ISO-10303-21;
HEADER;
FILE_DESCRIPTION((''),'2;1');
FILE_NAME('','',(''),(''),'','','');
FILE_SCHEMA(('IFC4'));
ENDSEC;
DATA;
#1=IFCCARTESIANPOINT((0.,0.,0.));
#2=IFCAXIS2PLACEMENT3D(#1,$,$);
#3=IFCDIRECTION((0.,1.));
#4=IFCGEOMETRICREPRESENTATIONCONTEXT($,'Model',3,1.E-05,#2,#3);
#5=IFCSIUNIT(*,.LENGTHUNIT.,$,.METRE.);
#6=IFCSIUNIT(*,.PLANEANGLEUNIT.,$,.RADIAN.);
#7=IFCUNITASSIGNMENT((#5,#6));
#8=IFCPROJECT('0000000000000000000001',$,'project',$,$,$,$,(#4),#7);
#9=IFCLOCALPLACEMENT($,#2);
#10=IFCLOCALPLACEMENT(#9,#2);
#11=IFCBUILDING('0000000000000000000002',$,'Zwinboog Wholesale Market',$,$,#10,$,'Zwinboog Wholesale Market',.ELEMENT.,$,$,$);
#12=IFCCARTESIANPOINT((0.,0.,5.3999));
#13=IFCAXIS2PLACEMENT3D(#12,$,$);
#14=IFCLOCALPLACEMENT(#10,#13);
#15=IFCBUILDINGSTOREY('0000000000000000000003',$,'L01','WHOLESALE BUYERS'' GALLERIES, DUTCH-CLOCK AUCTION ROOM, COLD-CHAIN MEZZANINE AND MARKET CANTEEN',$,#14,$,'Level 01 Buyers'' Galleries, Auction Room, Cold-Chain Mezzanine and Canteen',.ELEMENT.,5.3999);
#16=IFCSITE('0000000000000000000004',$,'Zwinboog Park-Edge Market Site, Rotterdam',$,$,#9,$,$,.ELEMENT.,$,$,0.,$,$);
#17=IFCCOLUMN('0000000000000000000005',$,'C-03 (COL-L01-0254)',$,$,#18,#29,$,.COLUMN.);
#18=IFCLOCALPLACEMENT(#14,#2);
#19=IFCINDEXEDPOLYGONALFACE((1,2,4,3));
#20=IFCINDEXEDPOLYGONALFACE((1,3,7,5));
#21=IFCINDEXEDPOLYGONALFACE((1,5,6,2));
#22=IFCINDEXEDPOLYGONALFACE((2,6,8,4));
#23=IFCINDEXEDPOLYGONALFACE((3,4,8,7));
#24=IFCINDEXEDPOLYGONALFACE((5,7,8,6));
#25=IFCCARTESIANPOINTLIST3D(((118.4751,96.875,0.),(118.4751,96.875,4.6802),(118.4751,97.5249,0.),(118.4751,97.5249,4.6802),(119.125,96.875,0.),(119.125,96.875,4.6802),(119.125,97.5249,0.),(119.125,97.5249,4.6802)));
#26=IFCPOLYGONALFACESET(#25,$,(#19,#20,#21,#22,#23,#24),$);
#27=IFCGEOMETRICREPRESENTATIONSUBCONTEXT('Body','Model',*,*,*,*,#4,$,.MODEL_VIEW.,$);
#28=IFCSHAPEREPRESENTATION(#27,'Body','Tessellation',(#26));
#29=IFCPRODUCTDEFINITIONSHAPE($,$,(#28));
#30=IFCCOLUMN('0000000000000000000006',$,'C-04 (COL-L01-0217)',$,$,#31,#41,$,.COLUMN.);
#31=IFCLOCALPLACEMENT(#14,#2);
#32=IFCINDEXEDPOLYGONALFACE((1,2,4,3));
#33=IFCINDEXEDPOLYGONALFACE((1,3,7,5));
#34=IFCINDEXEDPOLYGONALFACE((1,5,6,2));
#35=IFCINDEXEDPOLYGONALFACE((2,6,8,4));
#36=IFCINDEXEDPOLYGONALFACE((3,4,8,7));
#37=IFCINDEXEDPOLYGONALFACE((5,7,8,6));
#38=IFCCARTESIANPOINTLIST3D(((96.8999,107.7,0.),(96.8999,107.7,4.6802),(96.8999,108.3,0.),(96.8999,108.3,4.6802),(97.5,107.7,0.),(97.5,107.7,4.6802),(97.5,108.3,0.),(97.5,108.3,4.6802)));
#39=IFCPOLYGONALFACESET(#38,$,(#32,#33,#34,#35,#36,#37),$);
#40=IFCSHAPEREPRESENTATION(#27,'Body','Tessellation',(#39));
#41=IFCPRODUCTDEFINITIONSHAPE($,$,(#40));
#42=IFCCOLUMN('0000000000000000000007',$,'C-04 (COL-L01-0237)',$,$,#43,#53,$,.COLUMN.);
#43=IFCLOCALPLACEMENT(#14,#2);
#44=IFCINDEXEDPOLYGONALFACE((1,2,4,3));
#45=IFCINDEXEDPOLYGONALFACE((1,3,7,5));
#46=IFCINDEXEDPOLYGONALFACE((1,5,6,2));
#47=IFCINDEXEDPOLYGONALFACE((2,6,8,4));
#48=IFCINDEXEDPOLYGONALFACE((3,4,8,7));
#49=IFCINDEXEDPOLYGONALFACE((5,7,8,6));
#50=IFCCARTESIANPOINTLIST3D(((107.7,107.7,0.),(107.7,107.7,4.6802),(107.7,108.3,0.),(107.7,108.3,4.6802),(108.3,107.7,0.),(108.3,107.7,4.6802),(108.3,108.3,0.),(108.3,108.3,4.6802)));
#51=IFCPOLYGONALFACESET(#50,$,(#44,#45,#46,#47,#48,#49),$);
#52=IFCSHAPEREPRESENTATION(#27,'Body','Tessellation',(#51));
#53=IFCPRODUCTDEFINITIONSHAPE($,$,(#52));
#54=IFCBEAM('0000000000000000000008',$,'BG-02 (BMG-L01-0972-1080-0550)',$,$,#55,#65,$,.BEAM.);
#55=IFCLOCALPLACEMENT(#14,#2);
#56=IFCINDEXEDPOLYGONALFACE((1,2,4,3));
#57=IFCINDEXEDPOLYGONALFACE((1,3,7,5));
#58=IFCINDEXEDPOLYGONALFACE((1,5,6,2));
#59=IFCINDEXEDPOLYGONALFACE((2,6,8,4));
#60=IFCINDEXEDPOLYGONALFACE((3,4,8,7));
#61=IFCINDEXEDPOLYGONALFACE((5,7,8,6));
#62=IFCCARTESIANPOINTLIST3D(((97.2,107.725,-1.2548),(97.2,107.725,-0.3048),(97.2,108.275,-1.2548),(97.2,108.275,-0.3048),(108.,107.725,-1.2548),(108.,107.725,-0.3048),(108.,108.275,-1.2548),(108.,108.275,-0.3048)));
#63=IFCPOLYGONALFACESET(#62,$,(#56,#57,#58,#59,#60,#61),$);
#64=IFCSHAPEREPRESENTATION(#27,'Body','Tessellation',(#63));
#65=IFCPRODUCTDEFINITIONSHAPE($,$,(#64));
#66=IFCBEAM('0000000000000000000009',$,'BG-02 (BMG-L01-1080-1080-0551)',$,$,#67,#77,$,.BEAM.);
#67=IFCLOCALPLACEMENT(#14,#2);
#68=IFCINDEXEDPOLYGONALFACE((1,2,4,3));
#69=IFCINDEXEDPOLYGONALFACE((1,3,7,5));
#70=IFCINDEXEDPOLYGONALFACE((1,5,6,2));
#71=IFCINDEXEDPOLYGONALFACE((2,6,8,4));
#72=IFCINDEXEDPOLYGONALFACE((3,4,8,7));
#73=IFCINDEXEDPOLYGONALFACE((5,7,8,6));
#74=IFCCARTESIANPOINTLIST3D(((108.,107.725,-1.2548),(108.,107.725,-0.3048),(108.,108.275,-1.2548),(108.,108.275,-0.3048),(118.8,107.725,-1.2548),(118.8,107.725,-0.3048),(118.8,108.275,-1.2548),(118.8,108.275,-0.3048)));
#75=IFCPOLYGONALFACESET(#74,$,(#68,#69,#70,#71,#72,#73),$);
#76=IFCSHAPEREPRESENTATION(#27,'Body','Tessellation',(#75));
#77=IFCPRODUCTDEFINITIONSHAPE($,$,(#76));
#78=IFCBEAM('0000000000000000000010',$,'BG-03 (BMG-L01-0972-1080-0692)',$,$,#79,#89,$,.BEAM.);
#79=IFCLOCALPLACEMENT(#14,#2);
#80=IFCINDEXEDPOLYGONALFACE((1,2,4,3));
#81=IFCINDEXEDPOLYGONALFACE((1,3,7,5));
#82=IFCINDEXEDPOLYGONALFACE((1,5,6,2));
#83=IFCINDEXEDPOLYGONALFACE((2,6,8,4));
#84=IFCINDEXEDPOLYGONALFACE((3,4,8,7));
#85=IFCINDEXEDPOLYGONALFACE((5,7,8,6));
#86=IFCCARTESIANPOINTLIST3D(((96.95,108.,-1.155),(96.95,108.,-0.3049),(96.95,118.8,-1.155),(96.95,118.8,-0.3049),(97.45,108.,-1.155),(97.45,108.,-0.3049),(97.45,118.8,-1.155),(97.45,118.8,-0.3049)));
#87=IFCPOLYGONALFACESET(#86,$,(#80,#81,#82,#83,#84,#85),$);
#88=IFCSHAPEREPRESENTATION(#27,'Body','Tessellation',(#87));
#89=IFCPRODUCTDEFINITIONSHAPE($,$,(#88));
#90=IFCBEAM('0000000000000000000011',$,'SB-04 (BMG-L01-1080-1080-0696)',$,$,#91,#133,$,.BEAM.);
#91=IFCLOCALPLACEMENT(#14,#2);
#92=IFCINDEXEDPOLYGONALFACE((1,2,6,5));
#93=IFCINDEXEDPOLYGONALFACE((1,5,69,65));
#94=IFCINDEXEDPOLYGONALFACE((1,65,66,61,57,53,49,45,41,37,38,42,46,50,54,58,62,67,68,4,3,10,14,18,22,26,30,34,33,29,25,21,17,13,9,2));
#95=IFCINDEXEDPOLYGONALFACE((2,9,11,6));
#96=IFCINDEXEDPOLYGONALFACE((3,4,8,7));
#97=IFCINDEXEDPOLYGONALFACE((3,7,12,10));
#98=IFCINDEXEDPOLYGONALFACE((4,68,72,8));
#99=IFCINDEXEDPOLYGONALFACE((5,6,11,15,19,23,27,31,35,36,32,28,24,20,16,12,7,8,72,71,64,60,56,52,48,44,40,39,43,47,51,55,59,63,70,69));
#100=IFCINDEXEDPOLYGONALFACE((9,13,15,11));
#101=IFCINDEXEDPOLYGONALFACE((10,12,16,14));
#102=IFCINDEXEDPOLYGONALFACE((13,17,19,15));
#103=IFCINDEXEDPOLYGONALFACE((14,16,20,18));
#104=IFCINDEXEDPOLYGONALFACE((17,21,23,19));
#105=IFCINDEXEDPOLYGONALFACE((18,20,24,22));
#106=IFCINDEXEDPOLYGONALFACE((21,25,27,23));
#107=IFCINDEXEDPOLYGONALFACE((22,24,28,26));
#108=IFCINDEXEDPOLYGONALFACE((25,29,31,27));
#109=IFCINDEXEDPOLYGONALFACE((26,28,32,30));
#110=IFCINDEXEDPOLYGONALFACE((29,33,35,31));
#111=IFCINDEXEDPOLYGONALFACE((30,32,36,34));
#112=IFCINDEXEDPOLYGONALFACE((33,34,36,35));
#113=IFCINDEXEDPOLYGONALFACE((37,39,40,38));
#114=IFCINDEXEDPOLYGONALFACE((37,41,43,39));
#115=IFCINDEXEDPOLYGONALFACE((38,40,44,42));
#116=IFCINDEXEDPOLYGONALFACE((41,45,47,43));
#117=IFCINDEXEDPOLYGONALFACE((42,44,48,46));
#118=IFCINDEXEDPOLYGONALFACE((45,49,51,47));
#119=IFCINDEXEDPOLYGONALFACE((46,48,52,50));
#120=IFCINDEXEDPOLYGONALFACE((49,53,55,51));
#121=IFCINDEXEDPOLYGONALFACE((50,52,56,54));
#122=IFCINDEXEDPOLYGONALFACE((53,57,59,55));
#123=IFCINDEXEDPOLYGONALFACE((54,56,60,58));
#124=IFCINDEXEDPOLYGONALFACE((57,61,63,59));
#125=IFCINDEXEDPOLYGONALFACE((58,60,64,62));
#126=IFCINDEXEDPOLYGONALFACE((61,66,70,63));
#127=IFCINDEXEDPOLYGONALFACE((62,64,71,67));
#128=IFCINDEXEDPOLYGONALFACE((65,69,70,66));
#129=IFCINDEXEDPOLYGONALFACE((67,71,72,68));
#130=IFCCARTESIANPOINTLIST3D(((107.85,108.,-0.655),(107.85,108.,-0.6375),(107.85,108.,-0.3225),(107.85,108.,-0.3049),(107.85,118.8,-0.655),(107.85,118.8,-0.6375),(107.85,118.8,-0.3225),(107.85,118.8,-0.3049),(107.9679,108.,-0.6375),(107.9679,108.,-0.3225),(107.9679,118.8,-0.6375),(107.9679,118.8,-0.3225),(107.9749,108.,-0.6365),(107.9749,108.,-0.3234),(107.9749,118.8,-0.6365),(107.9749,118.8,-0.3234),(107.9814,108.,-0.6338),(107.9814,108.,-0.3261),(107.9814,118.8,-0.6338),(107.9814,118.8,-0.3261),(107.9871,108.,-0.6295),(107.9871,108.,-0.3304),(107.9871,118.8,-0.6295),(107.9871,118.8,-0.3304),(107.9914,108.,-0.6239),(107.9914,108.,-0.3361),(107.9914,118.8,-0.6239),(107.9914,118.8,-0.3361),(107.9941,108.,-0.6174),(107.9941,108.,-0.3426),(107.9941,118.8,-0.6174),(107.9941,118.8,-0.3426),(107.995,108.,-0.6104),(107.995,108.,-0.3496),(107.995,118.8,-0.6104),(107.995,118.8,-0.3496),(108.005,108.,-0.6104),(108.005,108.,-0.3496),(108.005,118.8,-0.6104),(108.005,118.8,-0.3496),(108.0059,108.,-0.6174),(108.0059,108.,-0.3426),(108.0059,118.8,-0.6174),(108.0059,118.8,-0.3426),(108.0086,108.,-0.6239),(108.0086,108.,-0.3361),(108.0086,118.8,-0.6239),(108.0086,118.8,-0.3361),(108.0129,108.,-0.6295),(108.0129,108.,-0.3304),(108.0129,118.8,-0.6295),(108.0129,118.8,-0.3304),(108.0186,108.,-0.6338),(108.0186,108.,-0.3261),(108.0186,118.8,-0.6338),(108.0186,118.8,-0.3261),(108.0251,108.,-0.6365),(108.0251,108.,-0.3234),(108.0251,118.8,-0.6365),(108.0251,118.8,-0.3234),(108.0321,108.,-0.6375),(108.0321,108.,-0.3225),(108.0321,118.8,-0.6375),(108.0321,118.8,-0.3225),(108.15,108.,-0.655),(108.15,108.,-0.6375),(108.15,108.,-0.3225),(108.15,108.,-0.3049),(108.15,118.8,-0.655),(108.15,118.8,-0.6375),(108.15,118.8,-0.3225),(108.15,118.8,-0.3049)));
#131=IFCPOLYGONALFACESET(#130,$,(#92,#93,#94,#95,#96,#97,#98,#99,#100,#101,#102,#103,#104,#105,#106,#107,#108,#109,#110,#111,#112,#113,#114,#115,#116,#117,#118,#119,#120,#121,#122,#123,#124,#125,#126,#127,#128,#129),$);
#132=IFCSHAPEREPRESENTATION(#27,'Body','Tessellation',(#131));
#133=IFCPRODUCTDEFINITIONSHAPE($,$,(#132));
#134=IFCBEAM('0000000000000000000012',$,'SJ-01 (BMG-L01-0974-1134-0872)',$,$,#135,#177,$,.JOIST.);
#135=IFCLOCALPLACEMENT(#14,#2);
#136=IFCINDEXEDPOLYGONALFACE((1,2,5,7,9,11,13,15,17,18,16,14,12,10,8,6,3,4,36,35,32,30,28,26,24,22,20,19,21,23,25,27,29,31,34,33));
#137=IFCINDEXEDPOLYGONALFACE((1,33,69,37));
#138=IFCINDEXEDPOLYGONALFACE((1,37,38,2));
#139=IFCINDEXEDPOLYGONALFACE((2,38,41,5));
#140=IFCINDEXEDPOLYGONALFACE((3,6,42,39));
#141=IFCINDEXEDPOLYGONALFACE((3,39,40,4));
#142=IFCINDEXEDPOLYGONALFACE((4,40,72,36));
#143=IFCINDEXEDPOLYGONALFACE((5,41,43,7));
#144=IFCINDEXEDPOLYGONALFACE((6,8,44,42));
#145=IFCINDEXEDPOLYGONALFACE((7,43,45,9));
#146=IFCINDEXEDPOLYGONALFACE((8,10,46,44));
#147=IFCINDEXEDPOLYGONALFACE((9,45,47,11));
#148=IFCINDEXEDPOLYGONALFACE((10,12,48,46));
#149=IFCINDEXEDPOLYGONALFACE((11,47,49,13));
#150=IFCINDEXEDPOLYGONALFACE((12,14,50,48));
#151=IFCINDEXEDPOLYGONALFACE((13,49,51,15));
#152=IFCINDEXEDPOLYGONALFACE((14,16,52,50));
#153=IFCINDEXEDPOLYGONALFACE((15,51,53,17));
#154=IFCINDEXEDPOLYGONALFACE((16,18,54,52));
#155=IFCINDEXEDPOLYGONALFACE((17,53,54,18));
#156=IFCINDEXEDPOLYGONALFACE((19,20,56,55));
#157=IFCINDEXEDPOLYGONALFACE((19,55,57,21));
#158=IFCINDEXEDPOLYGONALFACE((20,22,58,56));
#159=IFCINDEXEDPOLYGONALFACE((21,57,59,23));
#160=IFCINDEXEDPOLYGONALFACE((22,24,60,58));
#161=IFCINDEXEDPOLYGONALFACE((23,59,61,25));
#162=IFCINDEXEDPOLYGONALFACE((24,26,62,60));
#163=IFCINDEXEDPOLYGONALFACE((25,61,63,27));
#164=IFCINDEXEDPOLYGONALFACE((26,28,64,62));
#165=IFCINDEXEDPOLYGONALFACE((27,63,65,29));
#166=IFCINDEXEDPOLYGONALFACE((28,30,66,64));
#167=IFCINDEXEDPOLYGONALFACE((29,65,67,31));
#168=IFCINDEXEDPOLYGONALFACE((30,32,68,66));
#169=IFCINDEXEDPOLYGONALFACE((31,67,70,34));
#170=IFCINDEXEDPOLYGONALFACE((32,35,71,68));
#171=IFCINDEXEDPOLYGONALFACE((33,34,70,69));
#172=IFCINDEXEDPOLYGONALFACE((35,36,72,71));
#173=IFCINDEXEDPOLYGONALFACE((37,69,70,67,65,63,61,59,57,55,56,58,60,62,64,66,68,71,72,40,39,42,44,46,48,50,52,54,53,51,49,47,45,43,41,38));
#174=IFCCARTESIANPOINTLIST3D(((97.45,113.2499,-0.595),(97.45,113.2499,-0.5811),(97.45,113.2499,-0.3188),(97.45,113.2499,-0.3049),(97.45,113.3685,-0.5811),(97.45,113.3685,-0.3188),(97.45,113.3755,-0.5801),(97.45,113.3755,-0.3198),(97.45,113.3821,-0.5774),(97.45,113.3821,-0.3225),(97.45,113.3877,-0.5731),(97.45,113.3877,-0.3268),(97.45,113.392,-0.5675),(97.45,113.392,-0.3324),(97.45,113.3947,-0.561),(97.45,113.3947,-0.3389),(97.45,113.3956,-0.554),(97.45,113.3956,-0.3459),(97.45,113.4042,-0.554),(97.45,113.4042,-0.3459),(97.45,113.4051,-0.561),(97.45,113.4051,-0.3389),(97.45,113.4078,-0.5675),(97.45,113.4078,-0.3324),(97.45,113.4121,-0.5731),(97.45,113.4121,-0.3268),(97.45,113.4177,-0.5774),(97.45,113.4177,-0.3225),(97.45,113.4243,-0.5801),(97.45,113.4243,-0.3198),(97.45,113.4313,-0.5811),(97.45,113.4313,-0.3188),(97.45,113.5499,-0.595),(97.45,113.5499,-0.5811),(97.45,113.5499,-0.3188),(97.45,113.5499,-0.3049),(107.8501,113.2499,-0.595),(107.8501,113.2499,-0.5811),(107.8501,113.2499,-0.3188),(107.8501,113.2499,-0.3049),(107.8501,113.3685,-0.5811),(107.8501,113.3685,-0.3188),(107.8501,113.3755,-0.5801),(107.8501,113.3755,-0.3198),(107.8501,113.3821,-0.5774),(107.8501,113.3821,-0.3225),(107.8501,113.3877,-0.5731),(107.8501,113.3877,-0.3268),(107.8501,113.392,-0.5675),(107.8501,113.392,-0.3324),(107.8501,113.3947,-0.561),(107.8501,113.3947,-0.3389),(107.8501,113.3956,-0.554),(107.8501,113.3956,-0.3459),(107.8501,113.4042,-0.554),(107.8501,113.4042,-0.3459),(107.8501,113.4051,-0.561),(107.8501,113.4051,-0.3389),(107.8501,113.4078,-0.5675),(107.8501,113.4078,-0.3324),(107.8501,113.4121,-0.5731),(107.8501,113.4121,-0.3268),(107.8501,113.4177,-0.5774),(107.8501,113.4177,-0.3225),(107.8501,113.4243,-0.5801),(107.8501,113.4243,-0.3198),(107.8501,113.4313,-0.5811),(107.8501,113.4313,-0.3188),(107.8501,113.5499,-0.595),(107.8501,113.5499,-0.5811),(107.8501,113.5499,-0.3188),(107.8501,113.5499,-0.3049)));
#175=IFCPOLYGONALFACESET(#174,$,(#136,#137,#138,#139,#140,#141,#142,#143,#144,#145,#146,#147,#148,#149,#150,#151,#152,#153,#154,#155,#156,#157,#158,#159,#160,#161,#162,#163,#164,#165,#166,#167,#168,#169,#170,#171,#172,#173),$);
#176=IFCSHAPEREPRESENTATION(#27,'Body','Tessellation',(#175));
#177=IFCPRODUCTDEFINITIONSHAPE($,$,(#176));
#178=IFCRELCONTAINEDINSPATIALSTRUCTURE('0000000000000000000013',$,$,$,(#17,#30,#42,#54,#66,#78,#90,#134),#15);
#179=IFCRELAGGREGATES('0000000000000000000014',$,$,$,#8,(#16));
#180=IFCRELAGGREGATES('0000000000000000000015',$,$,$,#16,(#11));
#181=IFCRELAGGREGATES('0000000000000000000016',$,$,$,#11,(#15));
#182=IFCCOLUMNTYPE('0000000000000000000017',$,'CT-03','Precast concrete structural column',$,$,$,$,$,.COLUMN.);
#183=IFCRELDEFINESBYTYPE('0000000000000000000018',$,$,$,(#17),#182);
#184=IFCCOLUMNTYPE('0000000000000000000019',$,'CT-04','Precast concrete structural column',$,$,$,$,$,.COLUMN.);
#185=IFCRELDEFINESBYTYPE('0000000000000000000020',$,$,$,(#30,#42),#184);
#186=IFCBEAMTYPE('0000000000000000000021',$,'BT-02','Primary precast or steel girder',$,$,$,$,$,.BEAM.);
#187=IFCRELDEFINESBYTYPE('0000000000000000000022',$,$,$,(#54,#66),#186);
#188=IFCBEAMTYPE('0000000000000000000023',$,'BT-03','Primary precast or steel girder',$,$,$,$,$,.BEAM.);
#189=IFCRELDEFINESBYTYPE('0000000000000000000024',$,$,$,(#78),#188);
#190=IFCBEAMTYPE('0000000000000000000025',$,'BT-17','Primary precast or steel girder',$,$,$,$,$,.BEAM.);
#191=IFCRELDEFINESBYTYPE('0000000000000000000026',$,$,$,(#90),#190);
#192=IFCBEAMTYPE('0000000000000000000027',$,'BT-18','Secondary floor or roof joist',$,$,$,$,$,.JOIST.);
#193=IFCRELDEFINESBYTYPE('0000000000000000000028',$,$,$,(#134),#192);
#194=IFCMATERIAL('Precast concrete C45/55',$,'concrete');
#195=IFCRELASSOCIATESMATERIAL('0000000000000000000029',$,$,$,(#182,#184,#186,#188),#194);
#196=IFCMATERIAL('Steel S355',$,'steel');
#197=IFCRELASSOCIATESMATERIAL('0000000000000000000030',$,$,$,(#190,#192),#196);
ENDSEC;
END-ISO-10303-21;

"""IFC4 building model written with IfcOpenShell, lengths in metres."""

from ifc_helpers import new_model, si_unit, direction, frame, origin, origin_2d, place, context, subcontext, project, spatial, rectangle, i_section, extrude, material, material_profile, profile_set, type_object, element, save


model = new_model("IFC4")

# Units and contexts
model_context = context("Model", 3, precision=1e-05, world=origin(), true_north=direction((0.0, 1.0)))
body_context = subcontext(model_context, "Body", "Model", "MODEL_VIEW")
ifc_project = project(units=[si_unit("LENGTHUNIT", "METRE"), si_unit("PLANEANGLEUNIT", "RADIAN")], contexts=[model_context])

# Site, building, storey
site_placement = place(None, origin())
site = spatial("IfcSite", under=ifc_project, at=site_placement, Name="Zwinboog Park-Edge Market Site, Rotterdam", CompositionType="ELEMENT", RefElevation=0.0)
building_placement = place(site_placement, origin())
building = spatial("IfcBuilding", under=site, at=building_placement, Name="Zwinboog Wholesale Market", LongName="Zwinboog Wholesale Market", CompositionType="ELEMENT")
storey_placement = place(building_placement, frame((0.0, 0.0, 5.3999)))
storey = spatial("IfcBuildingStorey", under=building, at=storey_placement, Name="L01", Description="WHOLESALE BUYERS' GALLERIES, DUTCH-CLOCK AUCTION ROOM, COLD-CHAIN MEZZANINE AND MARKET CANTEEN", LongName="Level 01 Buyers' Galleries, Auction Room, Cold-Chain Mezzanine and Canteen", CompositionType="ELEMENT", Elevation=5.3999)

# Columns
ifc_material_1 = material(Name="Precast concrete C45/55", Category="concrete")
ifc_material_profile_1 = material_profile(ifc_material_1, rectangle(XDim=0.6499, YDim=0.6499, at=origin_2d()), Name="PC 650x650")
ifc_profile_set_1 = profile_set([ifc_material_profile_1], Name="Precast concrete C45/55")
column_type_1 = type_object("IfcColumnType", Name="CT-03", Description="Precast concrete structural column", PredefinedType="COLUMN", material=ifc_profile_set_1)
column_placement = place(storey_placement, frame((118.8, 97.2, 0.0), z_axis=(0.0, 0.0, 1.0), x_axis=(1.0, 0.0, 0.0)))
element("IfcColumn", 1, at=column_placement, inside=storey, type_object=column_type_1, Name="C-03 (COL-L01-0254)", PredefinedType="COLUMN", context=body_context, shape_type="SweptSolid", body=[
    extrude(rectangle(XDim=0.6499, YDim=0.6499, at=origin_2d()), origin(), (0.0, 0.0, 1.0), 4.6802),
])
ifc_material_profile_2 = material_profile(ifc_material_1, rectangle(XDim=0.6001, YDim=0.6001, at=origin_2d()), Name="PC 600x600")
ifc_profile_set_2 = profile_set([ifc_material_profile_2], Name="Precast concrete C45/55")
column_type_2 = type_object("IfcColumnType", Name="CT-04", Description="Precast concrete structural column", PredefinedType="COLUMN", material=ifc_profile_set_2)
for number, where, z_axis, x_axis, name in (
    (2, (97.2, 108.0, 0.0), (0.0, 0.0, 1.0), (1.0, 0.0, 0.0), "C-04 (COL-L01-0217)"),
    (3, (108.0, 108.0, 0.0), (0.0, 0.0, 1.0), (1.0, 0.0, 0.0), "C-04 (COL-L01-0237)"),
):
    element("IfcColumn", number, at=place(storey_placement, frame(where, z_axis=z_axis, x_axis=x_axis)), inside=storey, type_object=column_type_2, Name=name, PredefinedType="COLUMN", context=body_context, shape_type="SweptSolid", body=[
        extrude(rectangle(XDim=0.6001, YDim=0.6001, at=origin_2d()), origin(), (0.0, 0.0, 1.0), 4.6802),
    ])

# Beams
ifc_material_profile_3 = material_profile(ifc_material_1, rectangle(XDim=0.55, YDim=0.95, at=origin_2d()), Name="PC 550x950")
ifc_profile_set_3 = profile_set([ifc_material_profile_3], Name="Precast concrete C45/55")
beam_type_1 = type_object("IfcBeamType", Name="BT-02", Description="Primary precast or steel girder", PredefinedType="BEAM", material=ifc_profile_set_3)
for number, where, z_axis, x_axis, name in (
    (4, (97.2, 108.0, -0.7798), (1.0, 0.0, 0.0), (0.0, 1.0, 0.0), "BG-02 (BMG-L01-0972-1080-0550)"),
    (5, (108.0, 108.0, -0.7798), (1.0, 0.0, 0.0), (0.0, 1.0, 0.0), "BG-02 (BMG-L01-1080-1080-0551)"),
):
    element("IfcBeam", number, at=place(storey_placement, frame(where, z_axis=z_axis, x_axis=x_axis)), inside=storey, type_object=beam_type_1, Name=name, PredefinedType="BEAM", context=body_context, shape_type="SweptSolid", body=[
        extrude(rectangle(XDim=0.55, YDim=0.95, at=origin_2d()), origin(), (0.0, 0.0, 1.0), 10.8),
    ])
ifc_material_profile_4 = material_profile(ifc_material_1, rectangle(XDim=0.5, YDim=0.8501, at=origin_2d()), Name="PC 500x850")
ifc_profile_set_4 = profile_set([ifc_material_profile_4], Name="Precast concrete C45/55")
beam_type_2 = type_object("IfcBeamType", Name="BT-03", Description="Primary precast or steel girder", PredefinedType="BEAM", material=ifc_profile_set_4)
beam_1_placement = place(storey_placement, frame((97.2, 108.0, -0.73), z_axis=(0.0, 1.0, 0.0), x_axis=(-1.0, 0.0, 0.0)))
element("IfcBeam", 6, at=beam_1_placement, inside=storey, type_object=beam_type_2, Name="BG-03 (BMG-L01-0972-1080-0692)", PredefinedType="BEAM", context=body_context, shape_type="SweptSolid", body=[
    extrude(rectangle(XDim=0.5, YDim=0.8501, at=origin_2d()), origin(), (0.0, 0.0, 1.0), 10.8),
])
ifc_material_2 = material(Name="Steel S355", Category="steel")
ifc_material_profile_5 = material_profile(ifc_material_2, i_section(OverallWidth=0.3, OverallDepth=0.3501, WebThickness=0.01, FlangeThickness=0.0176, FilletRadius=0.0271, at=origin_2d()), Name="HEA 360")
ifc_profile_set_5 = profile_set([ifc_material_profile_5], Name="Steel S355")
beam_type_3 = type_object("IfcBeamType", Name="BT-17", Description="Primary precast or steel girder", PredefinedType="BEAM", material=ifc_profile_set_5)
beam_2_placement = place(storey_placement, frame((108.0, 108.0, -0.48), z_axis=(0.0, 1.0, 0.0), x_axis=(-1.0, 0.0, 0.0)))
element("IfcBeam", 7, at=beam_2_placement, inside=storey, type_object=beam_type_3, Name="SB-04 (BMG-L01-1080-1080-0696)", PredefinedType="BEAM", context=body_context, shape_type="SweptSolid", body=[
    extrude(i_section(OverallWidth=0.3, OverallDepth=0.3501, WebThickness=0.01, FlangeThickness=0.0176, FilletRadius=0.0271, at=origin_2d()), origin(), (0.0, 0.0, 1.0), 10.8),
])
ifc_material_profile_6 = material_profile(ifc_material_2, i_section(OverallWidth=0.3, OverallDepth=0.29, WebThickness=0.0085, FlangeThickness=0.0139, FilletRadius=0.0271, at=origin_2d()), Name="HEA 300")
ifc_profile_set_6 = profile_set([ifc_material_profile_6], Name="Steel S355")
beam_type_4 = type_object("IfcBeamType", Name="BT-18", Description="Secondary floor or roof joist", PredefinedType="JOIST", material=ifc_profile_set_6)
beam_3_placement = place(storey_placement, frame((97.45, 113.3999, -0.45), z_axis=(1.0, 0.0, 0.0), x_axis=(0.0, 1.0, 0.0)))
element("IfcBeam", 8, at=beam_3_placement, inside=storey, type_object=beam_type_4, Name="SJ-01 (BMG-L01-0974-1134-0872)", PredefinedType="JOIST", context=body_context, shape_type="SweptSolid", body=[
    extrude(i_section(OverallWidth=0.3, OverallDepth=0.29, WebThickness=0.0085, FlangeThickness=0.0139, FilletRadius=0.0271, at=origin_2d()), origin(), (0.0, 0.0, 1.0), 10.4001),
])

save(model, "model.ifc")
